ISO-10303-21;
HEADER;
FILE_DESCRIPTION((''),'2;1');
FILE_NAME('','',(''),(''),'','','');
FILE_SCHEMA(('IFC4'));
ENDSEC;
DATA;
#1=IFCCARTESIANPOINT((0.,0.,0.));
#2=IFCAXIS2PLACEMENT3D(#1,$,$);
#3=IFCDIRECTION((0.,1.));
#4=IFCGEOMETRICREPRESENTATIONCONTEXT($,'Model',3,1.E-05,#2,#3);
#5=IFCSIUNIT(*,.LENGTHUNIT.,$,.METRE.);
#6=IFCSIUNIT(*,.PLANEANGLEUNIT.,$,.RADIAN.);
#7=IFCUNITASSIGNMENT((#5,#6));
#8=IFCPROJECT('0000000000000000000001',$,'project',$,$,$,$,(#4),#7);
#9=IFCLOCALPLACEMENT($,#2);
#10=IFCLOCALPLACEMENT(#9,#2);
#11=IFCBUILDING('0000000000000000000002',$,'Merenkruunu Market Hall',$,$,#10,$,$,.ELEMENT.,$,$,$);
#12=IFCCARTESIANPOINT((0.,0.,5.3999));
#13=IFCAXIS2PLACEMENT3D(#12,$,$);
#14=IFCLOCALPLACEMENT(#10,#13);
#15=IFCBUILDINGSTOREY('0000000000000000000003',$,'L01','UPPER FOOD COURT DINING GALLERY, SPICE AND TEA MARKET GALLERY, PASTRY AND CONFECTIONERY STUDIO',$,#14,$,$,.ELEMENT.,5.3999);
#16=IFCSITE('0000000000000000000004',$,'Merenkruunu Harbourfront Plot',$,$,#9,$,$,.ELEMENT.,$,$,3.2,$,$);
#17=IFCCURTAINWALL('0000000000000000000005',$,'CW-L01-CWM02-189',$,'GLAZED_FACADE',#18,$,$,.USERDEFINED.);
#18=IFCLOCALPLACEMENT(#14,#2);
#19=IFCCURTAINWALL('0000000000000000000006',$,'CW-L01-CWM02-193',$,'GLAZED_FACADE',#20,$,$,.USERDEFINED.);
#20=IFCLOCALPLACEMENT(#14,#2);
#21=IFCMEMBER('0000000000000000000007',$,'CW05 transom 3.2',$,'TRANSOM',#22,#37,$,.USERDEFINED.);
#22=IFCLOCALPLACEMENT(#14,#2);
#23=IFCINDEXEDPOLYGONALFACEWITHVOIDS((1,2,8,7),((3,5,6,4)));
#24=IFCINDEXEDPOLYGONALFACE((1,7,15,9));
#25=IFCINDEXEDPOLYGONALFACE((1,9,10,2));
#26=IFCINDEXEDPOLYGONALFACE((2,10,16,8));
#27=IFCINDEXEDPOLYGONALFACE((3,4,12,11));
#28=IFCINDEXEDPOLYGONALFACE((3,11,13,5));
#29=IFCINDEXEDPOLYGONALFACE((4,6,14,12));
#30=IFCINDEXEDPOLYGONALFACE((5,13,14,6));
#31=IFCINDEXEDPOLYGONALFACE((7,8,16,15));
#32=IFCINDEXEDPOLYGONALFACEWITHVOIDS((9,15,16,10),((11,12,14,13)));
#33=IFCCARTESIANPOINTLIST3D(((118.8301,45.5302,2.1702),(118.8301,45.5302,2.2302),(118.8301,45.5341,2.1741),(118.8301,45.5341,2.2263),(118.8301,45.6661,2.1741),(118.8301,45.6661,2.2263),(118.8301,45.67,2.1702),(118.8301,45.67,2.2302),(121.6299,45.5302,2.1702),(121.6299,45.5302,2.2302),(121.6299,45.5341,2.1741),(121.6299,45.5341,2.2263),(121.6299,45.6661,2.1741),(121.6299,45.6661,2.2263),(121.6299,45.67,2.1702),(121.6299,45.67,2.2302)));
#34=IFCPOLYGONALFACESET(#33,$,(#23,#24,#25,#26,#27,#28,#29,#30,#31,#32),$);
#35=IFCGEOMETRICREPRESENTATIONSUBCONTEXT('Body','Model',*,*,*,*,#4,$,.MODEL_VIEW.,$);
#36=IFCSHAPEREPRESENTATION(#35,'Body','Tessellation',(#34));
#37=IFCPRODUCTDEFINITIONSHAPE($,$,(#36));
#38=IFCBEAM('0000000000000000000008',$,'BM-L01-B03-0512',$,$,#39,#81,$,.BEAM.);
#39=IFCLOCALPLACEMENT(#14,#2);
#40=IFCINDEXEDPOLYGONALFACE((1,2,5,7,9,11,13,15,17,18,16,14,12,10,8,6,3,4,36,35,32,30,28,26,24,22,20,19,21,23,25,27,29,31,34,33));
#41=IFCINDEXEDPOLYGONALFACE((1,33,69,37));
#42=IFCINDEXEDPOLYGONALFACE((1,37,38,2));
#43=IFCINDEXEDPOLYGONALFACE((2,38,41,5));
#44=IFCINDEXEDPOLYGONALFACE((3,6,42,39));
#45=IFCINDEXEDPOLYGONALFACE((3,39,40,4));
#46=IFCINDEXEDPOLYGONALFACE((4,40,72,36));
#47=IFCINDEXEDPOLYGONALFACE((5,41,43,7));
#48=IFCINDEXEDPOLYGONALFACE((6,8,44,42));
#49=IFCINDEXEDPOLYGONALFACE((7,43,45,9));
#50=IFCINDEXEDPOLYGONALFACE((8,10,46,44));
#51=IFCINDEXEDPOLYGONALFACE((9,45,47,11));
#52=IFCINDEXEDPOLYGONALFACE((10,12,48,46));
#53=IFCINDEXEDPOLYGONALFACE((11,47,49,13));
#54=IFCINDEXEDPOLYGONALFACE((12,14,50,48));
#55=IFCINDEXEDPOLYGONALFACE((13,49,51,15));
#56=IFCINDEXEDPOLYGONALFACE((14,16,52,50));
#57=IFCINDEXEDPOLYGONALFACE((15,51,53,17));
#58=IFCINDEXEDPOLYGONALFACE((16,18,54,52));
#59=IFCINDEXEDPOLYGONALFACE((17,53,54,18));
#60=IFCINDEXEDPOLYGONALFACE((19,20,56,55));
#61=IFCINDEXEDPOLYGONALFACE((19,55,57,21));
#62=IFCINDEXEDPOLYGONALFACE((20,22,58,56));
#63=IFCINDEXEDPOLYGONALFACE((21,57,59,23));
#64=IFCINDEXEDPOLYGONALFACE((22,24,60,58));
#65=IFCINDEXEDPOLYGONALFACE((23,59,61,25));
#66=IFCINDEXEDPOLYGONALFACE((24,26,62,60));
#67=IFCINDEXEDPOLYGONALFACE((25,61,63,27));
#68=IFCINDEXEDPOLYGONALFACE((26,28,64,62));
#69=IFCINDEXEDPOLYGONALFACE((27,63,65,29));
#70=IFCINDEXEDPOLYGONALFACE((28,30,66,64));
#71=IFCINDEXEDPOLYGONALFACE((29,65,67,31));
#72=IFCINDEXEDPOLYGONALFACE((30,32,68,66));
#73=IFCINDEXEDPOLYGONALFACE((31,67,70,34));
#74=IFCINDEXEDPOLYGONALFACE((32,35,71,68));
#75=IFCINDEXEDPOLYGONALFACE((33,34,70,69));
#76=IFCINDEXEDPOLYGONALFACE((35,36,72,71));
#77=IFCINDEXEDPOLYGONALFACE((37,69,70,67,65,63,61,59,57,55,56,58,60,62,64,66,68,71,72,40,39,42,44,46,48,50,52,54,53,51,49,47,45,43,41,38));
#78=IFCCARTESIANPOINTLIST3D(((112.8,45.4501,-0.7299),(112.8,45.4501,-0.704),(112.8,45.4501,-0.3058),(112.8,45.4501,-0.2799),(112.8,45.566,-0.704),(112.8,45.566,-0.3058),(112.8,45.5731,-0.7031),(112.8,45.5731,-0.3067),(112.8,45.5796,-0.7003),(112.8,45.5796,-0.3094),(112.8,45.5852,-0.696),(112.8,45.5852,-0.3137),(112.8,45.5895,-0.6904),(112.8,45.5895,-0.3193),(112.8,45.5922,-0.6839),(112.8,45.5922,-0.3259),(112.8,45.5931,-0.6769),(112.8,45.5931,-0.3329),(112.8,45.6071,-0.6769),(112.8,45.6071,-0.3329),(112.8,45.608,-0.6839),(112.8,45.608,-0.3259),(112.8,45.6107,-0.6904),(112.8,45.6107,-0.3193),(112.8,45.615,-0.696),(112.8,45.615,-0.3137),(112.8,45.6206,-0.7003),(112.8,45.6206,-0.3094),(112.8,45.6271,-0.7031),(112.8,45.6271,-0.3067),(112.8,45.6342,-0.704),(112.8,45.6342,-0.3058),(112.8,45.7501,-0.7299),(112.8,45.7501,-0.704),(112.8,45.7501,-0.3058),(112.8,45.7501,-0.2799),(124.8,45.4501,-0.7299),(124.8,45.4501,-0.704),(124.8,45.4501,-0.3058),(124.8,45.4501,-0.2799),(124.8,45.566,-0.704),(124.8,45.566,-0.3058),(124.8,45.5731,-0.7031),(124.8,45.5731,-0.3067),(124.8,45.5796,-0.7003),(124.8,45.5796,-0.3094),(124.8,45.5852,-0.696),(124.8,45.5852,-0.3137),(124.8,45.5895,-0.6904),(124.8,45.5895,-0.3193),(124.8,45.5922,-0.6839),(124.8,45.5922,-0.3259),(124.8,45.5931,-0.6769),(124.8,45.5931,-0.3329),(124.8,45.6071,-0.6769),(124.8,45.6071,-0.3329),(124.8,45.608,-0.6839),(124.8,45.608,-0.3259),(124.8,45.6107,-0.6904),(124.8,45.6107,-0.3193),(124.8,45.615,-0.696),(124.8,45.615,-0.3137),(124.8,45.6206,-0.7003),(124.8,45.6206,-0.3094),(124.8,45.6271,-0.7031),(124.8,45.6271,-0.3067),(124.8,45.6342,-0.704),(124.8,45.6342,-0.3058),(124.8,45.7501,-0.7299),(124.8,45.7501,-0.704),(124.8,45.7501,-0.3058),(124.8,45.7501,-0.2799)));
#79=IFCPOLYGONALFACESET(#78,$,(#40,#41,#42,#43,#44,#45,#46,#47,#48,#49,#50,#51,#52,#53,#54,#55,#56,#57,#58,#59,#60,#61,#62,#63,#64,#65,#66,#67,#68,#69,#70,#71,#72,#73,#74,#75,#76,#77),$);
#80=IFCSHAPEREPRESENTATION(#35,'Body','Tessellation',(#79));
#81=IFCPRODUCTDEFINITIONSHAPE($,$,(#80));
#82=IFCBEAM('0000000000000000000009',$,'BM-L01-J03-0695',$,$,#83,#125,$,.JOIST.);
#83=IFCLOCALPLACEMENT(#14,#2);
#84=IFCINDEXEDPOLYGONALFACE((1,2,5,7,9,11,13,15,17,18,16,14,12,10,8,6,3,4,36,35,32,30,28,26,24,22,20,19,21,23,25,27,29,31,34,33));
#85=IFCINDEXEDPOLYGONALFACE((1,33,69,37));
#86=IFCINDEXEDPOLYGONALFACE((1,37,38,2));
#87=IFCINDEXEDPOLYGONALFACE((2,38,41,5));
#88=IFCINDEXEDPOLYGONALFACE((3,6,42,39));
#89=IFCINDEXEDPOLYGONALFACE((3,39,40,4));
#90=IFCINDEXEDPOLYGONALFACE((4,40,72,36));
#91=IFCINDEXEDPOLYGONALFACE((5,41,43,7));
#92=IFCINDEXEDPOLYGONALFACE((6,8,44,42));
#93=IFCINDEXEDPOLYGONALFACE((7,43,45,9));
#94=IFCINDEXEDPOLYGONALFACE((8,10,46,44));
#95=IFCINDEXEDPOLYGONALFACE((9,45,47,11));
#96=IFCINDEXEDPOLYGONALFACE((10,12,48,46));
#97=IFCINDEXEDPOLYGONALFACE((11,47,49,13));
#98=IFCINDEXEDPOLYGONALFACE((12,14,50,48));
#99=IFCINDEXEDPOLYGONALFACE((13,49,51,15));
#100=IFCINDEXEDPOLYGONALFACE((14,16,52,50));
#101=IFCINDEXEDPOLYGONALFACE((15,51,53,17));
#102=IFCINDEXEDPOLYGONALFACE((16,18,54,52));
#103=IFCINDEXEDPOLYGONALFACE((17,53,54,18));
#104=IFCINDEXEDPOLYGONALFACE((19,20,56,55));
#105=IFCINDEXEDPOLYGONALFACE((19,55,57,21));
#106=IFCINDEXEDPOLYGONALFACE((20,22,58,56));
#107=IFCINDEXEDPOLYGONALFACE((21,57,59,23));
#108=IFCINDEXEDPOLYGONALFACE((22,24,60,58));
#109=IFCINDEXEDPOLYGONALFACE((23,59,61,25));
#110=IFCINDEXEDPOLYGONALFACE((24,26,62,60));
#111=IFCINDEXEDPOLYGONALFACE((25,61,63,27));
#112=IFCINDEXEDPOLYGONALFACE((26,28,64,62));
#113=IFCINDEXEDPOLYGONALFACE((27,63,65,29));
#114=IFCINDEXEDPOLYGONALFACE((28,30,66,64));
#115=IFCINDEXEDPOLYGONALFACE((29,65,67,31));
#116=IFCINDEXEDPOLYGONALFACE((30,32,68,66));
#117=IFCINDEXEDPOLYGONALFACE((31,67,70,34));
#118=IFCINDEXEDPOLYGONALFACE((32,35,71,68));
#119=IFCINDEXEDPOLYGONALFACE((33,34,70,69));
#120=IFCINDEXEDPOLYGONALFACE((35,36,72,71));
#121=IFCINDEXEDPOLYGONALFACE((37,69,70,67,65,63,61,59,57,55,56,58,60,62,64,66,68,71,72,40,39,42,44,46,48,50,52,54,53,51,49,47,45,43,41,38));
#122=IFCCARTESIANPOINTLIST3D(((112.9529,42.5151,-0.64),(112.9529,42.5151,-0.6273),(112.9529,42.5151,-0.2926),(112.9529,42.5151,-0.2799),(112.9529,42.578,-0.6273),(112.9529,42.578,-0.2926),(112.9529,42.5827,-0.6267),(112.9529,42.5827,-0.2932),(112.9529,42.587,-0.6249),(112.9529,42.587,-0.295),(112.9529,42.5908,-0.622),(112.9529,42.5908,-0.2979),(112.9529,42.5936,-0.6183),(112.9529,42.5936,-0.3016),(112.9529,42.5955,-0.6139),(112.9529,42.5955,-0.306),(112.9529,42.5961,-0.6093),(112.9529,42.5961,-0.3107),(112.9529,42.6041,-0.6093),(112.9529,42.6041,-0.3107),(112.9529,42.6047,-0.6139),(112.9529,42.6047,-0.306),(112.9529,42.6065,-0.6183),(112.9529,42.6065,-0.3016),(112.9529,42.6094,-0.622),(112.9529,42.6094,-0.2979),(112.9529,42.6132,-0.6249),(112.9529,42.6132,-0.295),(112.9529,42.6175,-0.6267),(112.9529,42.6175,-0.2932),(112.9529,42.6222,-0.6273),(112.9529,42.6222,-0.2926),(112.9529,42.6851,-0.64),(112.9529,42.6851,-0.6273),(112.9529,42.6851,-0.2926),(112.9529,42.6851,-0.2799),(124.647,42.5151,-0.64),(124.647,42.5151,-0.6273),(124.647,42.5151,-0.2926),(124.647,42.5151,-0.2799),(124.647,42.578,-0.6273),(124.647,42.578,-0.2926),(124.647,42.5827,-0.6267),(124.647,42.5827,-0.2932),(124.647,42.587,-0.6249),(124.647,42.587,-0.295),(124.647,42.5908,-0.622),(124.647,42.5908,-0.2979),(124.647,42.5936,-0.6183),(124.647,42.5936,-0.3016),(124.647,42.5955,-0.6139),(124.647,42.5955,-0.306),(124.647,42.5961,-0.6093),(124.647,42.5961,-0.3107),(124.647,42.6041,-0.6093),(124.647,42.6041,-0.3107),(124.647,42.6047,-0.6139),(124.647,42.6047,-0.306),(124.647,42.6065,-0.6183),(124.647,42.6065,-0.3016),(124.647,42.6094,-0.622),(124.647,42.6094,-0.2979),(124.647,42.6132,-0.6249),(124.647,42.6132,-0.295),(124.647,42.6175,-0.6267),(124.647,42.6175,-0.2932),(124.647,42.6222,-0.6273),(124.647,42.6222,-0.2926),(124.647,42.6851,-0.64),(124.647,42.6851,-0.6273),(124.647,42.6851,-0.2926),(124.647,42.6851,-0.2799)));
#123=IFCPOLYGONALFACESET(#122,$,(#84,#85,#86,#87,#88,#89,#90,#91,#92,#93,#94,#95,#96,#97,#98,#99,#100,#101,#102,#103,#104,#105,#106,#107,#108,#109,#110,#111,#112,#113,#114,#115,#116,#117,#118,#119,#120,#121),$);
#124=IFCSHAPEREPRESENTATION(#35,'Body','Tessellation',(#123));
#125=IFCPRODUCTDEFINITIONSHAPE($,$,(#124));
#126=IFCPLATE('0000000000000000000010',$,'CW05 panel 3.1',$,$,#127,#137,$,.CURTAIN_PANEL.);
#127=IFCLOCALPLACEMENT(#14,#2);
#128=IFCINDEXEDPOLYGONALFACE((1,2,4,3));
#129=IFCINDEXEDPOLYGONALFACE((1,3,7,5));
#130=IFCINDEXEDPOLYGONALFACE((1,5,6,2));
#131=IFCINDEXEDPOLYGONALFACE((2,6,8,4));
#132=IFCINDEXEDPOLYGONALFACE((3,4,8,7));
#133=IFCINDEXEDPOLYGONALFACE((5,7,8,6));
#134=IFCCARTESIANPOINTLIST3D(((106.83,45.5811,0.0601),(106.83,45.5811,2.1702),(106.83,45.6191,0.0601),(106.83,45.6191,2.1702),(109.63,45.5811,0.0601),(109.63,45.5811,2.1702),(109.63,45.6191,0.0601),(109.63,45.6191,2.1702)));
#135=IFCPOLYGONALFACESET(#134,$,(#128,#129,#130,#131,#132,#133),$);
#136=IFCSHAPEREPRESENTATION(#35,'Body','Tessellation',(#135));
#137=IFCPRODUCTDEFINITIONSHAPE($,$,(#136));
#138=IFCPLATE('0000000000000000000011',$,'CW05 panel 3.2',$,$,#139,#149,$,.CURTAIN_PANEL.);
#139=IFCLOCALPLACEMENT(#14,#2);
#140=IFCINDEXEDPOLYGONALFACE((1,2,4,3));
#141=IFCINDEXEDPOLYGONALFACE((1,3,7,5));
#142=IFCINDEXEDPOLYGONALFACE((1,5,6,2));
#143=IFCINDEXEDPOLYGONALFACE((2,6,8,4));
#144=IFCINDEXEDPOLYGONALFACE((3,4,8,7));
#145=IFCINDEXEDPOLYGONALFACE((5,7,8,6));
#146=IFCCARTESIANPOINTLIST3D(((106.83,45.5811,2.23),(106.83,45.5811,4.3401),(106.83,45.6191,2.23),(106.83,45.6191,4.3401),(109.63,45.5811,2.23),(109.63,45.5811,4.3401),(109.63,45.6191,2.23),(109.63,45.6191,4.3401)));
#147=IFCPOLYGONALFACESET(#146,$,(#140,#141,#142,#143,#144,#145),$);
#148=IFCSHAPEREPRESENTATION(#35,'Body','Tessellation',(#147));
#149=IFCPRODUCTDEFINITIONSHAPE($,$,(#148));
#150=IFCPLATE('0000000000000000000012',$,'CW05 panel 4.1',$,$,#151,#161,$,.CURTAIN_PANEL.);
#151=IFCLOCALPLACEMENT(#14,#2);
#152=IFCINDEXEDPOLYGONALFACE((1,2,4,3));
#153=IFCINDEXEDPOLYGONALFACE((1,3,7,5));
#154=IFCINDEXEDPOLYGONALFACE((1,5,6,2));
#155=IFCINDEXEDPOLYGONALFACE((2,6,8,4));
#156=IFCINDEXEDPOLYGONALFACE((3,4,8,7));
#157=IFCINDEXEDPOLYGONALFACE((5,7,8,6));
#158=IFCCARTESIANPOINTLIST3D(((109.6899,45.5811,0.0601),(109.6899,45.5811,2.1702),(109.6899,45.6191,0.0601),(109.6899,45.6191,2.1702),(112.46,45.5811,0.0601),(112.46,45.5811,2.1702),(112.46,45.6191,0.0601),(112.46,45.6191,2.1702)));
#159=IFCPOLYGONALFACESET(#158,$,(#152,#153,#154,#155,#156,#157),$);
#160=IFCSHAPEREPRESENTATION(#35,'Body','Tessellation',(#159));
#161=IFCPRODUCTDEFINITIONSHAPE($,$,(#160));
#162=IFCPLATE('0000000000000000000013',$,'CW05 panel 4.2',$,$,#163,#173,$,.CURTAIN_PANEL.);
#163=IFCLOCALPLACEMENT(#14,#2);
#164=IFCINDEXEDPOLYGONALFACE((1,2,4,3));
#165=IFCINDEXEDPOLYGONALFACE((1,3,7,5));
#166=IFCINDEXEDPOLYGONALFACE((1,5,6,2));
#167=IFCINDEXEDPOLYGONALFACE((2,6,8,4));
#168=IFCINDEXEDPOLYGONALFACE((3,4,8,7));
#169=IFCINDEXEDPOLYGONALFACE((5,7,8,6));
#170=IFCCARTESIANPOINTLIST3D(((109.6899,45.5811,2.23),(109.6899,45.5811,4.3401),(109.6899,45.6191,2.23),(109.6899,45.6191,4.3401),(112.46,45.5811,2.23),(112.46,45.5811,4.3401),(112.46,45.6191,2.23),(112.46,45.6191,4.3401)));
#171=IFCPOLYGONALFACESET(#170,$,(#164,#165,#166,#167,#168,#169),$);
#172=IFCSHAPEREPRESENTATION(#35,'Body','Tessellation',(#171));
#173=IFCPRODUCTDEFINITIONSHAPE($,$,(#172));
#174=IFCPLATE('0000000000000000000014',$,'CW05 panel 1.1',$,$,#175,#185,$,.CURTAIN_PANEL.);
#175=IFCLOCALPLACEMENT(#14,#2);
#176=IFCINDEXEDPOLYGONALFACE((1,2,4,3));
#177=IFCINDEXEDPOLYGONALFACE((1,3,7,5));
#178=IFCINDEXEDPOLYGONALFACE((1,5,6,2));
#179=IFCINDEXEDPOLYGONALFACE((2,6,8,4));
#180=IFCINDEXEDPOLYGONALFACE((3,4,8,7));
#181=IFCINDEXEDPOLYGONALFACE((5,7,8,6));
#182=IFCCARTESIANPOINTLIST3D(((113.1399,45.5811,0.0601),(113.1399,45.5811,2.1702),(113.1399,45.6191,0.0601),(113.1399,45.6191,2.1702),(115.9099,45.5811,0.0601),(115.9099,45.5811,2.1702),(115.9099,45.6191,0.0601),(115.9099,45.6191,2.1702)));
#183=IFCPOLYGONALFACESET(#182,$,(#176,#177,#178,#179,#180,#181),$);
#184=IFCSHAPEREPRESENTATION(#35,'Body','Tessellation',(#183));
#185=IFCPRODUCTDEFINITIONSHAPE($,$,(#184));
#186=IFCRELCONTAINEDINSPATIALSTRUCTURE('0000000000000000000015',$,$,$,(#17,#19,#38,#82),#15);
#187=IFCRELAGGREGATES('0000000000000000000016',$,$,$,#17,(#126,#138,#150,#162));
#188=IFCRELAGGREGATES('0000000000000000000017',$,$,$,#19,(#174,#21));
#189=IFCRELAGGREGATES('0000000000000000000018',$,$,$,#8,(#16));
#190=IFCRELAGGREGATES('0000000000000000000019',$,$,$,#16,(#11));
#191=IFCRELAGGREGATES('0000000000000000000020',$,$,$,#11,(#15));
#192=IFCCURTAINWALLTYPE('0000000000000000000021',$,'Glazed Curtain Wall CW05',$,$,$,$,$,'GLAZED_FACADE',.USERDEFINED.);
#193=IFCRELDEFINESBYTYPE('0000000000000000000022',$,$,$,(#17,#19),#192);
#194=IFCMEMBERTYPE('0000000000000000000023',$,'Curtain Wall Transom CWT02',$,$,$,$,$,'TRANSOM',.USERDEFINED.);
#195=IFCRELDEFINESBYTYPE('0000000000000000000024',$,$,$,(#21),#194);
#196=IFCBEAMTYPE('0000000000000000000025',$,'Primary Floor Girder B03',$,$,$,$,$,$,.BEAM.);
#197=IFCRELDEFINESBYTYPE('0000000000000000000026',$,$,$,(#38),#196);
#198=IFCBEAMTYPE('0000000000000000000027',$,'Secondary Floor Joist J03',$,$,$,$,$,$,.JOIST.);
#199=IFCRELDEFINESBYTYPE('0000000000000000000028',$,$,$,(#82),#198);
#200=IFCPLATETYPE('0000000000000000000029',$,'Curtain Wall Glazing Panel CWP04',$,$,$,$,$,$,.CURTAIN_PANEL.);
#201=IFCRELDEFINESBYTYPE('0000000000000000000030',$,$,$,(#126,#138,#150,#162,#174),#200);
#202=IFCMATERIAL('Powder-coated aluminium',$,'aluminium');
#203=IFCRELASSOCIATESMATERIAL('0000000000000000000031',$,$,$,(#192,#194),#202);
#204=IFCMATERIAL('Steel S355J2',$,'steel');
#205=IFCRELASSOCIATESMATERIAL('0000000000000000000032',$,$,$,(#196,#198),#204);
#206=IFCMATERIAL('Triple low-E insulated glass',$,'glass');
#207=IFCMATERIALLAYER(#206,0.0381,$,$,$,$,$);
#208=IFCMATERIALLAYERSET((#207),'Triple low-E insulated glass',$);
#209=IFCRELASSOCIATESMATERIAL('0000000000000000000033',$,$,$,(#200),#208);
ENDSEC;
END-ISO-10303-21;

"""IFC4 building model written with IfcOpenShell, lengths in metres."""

from ifc_helpers import new_model, si_unit, direction, frame, origin, origin_2d, place, context, subcontext, project, spatial, rectangle, hollow_rectangle, i_section, extrude, material, layer, layer_set, material_profile, profile_set, type_object, element, aggregate, save


model = new_model("IFC4")

# Units and contexts
model_context = context("Model", 3, precision=1e-05, world=origin(), true_north=direction((0.0, 1.0)))
body_context = subcontext(model_context, "Body", "Model", "MODEL_VIEW")
ifc_project = project(units=[si_unit("LENGTHUNIT", "METRE"), si_unit("PLANEANGLEUNIT", "RADIAN")], contexts=[model_context])

# Site, building, storey
site_placement = place(None, origin())
site = spatial("IfcSite", under=ifc_project, at=site_placement, Name="Merenkruunu Harbourfront Plot", CompositionType="ELEMENT", RefElevation=3.2)
building_placement = place(site_placement, origin())
building = spatial("IfcBuilding", under=site, at=building_placement, Name="Merenkruunu Market Hall", CompositionType="ELEMENT")
storey_placement = place(building_placement, frame((0.0, 0.0, 5.3999)))
storey = spatial("IfcBuildingStorey", under=building, at=storey_placement, Name="L01", Description="UPPER FOOD COURT DINING GALLERY, SPICE AND TEA MARKET GALLERY, PASTRY AND CONFECTIONERY STUDIO", CompositionType="ELEMENT", Elevation=5.3999)

# Shared definitions
ifc_material_1 = material(Name="Steel S355J2", Category="steel")

# Curtain walls
ifc_material_2 = material(Name="Powder-coated aluminium", Category="aluminium")
curtain_wall_type = type_object("IfcCurtainWallType", Name="Glazed Curtain Wall CW05", ElementType="GLAZED_FACADE", PredefinedType="USERDEFINED", material=ifc_material_2)
curtain_wall_1_placement = place(storey_placement, origin())
curtain_wall_1 = element("IfcCurtainWall", 1, at=curtain_wall_1_placement, inside=storey, type_object=curtain_wall_type, Name="CW-L01-CWM02-189", ObjectType="GLAZED_FACADE", PredefinedType="USERDEFINED")
curtain_wall_2_placement = place(storey_placement, origin())
curtain_wall_2 = element("IfcCurtainWall", 2, at=curtain_wall_2_placement, inside=storey, type_object=curtain_wall_type, Name="CW-L01-CWM02-193", ObjectType="GLAZED_FACADE", PredefinedType="USERDEFINED")

# Member
ifc_material_profile_1 = material_profile(ifc_material_2, hollow_rectangle(XDim=0.0601, YDim=0.1399, WallThickness=0.0039, at=origin_2d()), Name="ALU 60x140x4")
ifc_profile_set_1 = profile_set([ifc_material_profile_1], Name="Powder-coated aluminium")
member_type_1 = type_object("IfcMemberType", Name="Curtain Wall Transom CWT02", ElementType="TRANSOM", PredefinedType="USERDEFINED", material=ifc_profile_set_1)
member_1_placement = place(storey_placement, frame((118.8301, 45.6001, 2.2002), z_axis=(1.0, 0.0, 0.0), x_axis=(0.0, 0.0, 1.0)))
member_1 = element("IfcMember", 3, at=member_1_placement, type_object=member_type_1, Name="CW05 transom 3.2", ObjectType="TRANSOM", PredefinedType="USERDEFINED", context=body_context, shape_type="SweptSolid", body=[
    extrude(hollow_rectangle(XDim=0.0601, YDim=0.1399, WallThickness=0.0039, at=origin_2d()), origin(), (0.0, 0.0, 1.0), 2.7998),
])

# Beams
ifc_material_profile_2 = material_profile(ifc_material_1, i_section(OverallWidth=0.3, OverallDepth=0.45, WebThickness=0.0139, FlangeThickness=0.0259, FilletRadius=0.0271, at=origin_2d()), Name="HEB 450")
ifc_profile_set_2 = profile_set([ifc_material_profile_2], Name="Steel S355J2")
beam_type_1 = type_object("IfcBeamType", Name="Primary Floor Girder B03", PredefinedType="BEAM", material=ifc_profile_set_2)
beam_1_placement = place(storey_placement, frame((112.8, 45.6001, -0.5049), z_axis=(1.0, 0.0, 0.0), x_axis=(0.0, 1.0, 0.0)))
element("IfcBeam", 4, at=beam_1_placement, inside=storey, type_object=beam_type_1, Name="BM-L01-B03-0512", PredefinedType="BEAM", context=body_context, shape_type="SweptSolid", body=[
    extrude(i_section(OverallWidth=0.3, OverallDepth=0.45, WebThickness=0.0139, FlangeThickness=0.0259, FilletRadius=0.0271, at=origin_2d()), origin(), (0.0, 0.0, 1.0), 12.0),
])
ifc_material_profile_3 = material_profile(ifc_material_1, i_section(OverallWidth=0.1699, OverallDepth=0.3601, WebThickness=0.0081, FlangeThickness=0.0127, FilletRadius=0.0181, at=origin_2d()), Name="IPE 360")
ifc_profile_set_3 = profile_set([ifc_material_profile_3], Name="Steel S355J2")
beam_type_2 = type_object("IfcBeamType", Name="Secondary Floor Joist J03", PredefinedType="JOIST", material=ifc_profile_set_3)
beam_2_placement = place(storey_placement, frame((112.9529, 42.6001, -0.46), z_axis=(1.0, 0.0, 0.0), x_axis=(0.0, 1.0, 0.0)))
element("IfcBeam", 5, at=beam_2_placement, inside=storey, type_object=beam_type_2, Name="BM-L01-J03-0695", PredefinedType="JOIST", context=body_context, shape_type="SweptSolid", body=[
    extrude(i_section(OverallWidth=0.1699, OverallDepth=0.3601, WebThickness=0.0081, FlangeThickness=0.0127, FilletRadius=0.0181, at=origin_2d()), origin(), (0.0, 0.0, 1.0), 11.6941),
])

# Plates
ifc_material_3 = material(Name="Triple low-E insulated glass", Category="glass")
ifc_layer_1 = layer(ifc_material_3, 0.0381)
ifc_layer_set_1 = layer_set([ifc_layer_1], Name="Triple low-E insulated glass")
plate_type = type_object("IfcPlateType", Name="Curtain Wall Glazing Panel CWP04", PredefinedType="CURTAIN_PANEL", material=ifc_layer_set_1)
plate_1_placement = place(storey_placement, frame((108.23, 45.6001, 0.0601), z_axis=(0.0, 0.0, 1.0), x_axis=(1.0, 0.0, 0.0)))
plate_1 = element("IfcPlate", 6, at=plate_1_placement, type_object=plate_type, Name="CW05 panel 3.1", PredefinedType="CURTAIN_PANEL", context=body_context, shape_type="SweptSolid", body=[
    extrude(rectangle(XDim=2.8, YDim=0.0381, at=origin_2d()), origin(), (0.0, 0.0, 1.0), 2.1101),
])
plate_2_placement = place(storey_placement, frame((108.23, 45.6001, 2.23), z_axis=(0.0, 0.0, 1.0), x_axis=(1.0, 0.0, 0.0)))
plate_2 = element("IfcPlate", 7, at=plate_2_placement, type_object=plate_type, Name="CW05 panel 3.2", PredefinedType="CURTAIN_PANEL", context=body_context, shape_type="SweptSolid", body=[
    extrude(rectangle(XDim=2.8, YDim=0.0381, at=origin_2d()), origin(), (0.0, 0.0, 1.0), 2.1101),
])
plate_3_placement = place(storey_placement, frame((111.075, 45.6001, 0.0601), z_axis=(0.0, 0.0, 1.0), x_axis=(1.0, 0.0, 0.0)))
plate_3 = element("IfcPlate", 8, at=plate_3_placement, type_object=plate_type, Name="CW05 panel 4.1", PredefinedType="CURTAIN_PANEL", context=body_context, shape_type="SweptSolid", body=[
    extrude(rectangle(XDim=2.77, YDim=0.0381, at=origin_2d()), origin(), (0.0, 0.0, 1.0), 2.1101),
])
plate_4_placement = place(storey_placement, frame((111.075, 45.6001, 2.23), z_axis=(0.0, 0.0, 1.0), x_axis=(1.0, 0.0, 0.0)))
plate_4 = element("IfcPlate", 9, at=plate_4_placement, type_object=plate_type, Name="CW05 panel 4.2", PredefinedType="CURTAIN_PANEL", context=body_context, shape_type="SweptSolid", body=[
    extrude(rectangle(XDim=2.77, YDim=0.0381, at=origin_2d()), origin(), (0.0, 0.0, 1.0), 2.1101),
])
aggregate(curtain_wall_1, [plate_1, plate_2, plate_3, plate_4])
plate_5_placement = place(storey_placement, frame((114.5249, 45.6001, 0.0601), z_axis=(0.0, 0.0, 1.0), x_axis=(1.0, 0.0, 0.0)))
plate_5 = element("IfcPlate", 10, at=plate_5_placement, type_object=plate_type, Name="CW05 panel 1.1", PredefinedType="CURTAIN_PANEL", context=body_context, shape_type="SweptSolid", body=[
    extrude(rectangle(XDim=2.77, YDim=0.0381, at=origin_2d()), origin(), (0.0, 0.0, 1.0), 2.1101),
])
aggregate(curtain_wall_2, [plate_5, member_1])

save(model, "model.ifc")
